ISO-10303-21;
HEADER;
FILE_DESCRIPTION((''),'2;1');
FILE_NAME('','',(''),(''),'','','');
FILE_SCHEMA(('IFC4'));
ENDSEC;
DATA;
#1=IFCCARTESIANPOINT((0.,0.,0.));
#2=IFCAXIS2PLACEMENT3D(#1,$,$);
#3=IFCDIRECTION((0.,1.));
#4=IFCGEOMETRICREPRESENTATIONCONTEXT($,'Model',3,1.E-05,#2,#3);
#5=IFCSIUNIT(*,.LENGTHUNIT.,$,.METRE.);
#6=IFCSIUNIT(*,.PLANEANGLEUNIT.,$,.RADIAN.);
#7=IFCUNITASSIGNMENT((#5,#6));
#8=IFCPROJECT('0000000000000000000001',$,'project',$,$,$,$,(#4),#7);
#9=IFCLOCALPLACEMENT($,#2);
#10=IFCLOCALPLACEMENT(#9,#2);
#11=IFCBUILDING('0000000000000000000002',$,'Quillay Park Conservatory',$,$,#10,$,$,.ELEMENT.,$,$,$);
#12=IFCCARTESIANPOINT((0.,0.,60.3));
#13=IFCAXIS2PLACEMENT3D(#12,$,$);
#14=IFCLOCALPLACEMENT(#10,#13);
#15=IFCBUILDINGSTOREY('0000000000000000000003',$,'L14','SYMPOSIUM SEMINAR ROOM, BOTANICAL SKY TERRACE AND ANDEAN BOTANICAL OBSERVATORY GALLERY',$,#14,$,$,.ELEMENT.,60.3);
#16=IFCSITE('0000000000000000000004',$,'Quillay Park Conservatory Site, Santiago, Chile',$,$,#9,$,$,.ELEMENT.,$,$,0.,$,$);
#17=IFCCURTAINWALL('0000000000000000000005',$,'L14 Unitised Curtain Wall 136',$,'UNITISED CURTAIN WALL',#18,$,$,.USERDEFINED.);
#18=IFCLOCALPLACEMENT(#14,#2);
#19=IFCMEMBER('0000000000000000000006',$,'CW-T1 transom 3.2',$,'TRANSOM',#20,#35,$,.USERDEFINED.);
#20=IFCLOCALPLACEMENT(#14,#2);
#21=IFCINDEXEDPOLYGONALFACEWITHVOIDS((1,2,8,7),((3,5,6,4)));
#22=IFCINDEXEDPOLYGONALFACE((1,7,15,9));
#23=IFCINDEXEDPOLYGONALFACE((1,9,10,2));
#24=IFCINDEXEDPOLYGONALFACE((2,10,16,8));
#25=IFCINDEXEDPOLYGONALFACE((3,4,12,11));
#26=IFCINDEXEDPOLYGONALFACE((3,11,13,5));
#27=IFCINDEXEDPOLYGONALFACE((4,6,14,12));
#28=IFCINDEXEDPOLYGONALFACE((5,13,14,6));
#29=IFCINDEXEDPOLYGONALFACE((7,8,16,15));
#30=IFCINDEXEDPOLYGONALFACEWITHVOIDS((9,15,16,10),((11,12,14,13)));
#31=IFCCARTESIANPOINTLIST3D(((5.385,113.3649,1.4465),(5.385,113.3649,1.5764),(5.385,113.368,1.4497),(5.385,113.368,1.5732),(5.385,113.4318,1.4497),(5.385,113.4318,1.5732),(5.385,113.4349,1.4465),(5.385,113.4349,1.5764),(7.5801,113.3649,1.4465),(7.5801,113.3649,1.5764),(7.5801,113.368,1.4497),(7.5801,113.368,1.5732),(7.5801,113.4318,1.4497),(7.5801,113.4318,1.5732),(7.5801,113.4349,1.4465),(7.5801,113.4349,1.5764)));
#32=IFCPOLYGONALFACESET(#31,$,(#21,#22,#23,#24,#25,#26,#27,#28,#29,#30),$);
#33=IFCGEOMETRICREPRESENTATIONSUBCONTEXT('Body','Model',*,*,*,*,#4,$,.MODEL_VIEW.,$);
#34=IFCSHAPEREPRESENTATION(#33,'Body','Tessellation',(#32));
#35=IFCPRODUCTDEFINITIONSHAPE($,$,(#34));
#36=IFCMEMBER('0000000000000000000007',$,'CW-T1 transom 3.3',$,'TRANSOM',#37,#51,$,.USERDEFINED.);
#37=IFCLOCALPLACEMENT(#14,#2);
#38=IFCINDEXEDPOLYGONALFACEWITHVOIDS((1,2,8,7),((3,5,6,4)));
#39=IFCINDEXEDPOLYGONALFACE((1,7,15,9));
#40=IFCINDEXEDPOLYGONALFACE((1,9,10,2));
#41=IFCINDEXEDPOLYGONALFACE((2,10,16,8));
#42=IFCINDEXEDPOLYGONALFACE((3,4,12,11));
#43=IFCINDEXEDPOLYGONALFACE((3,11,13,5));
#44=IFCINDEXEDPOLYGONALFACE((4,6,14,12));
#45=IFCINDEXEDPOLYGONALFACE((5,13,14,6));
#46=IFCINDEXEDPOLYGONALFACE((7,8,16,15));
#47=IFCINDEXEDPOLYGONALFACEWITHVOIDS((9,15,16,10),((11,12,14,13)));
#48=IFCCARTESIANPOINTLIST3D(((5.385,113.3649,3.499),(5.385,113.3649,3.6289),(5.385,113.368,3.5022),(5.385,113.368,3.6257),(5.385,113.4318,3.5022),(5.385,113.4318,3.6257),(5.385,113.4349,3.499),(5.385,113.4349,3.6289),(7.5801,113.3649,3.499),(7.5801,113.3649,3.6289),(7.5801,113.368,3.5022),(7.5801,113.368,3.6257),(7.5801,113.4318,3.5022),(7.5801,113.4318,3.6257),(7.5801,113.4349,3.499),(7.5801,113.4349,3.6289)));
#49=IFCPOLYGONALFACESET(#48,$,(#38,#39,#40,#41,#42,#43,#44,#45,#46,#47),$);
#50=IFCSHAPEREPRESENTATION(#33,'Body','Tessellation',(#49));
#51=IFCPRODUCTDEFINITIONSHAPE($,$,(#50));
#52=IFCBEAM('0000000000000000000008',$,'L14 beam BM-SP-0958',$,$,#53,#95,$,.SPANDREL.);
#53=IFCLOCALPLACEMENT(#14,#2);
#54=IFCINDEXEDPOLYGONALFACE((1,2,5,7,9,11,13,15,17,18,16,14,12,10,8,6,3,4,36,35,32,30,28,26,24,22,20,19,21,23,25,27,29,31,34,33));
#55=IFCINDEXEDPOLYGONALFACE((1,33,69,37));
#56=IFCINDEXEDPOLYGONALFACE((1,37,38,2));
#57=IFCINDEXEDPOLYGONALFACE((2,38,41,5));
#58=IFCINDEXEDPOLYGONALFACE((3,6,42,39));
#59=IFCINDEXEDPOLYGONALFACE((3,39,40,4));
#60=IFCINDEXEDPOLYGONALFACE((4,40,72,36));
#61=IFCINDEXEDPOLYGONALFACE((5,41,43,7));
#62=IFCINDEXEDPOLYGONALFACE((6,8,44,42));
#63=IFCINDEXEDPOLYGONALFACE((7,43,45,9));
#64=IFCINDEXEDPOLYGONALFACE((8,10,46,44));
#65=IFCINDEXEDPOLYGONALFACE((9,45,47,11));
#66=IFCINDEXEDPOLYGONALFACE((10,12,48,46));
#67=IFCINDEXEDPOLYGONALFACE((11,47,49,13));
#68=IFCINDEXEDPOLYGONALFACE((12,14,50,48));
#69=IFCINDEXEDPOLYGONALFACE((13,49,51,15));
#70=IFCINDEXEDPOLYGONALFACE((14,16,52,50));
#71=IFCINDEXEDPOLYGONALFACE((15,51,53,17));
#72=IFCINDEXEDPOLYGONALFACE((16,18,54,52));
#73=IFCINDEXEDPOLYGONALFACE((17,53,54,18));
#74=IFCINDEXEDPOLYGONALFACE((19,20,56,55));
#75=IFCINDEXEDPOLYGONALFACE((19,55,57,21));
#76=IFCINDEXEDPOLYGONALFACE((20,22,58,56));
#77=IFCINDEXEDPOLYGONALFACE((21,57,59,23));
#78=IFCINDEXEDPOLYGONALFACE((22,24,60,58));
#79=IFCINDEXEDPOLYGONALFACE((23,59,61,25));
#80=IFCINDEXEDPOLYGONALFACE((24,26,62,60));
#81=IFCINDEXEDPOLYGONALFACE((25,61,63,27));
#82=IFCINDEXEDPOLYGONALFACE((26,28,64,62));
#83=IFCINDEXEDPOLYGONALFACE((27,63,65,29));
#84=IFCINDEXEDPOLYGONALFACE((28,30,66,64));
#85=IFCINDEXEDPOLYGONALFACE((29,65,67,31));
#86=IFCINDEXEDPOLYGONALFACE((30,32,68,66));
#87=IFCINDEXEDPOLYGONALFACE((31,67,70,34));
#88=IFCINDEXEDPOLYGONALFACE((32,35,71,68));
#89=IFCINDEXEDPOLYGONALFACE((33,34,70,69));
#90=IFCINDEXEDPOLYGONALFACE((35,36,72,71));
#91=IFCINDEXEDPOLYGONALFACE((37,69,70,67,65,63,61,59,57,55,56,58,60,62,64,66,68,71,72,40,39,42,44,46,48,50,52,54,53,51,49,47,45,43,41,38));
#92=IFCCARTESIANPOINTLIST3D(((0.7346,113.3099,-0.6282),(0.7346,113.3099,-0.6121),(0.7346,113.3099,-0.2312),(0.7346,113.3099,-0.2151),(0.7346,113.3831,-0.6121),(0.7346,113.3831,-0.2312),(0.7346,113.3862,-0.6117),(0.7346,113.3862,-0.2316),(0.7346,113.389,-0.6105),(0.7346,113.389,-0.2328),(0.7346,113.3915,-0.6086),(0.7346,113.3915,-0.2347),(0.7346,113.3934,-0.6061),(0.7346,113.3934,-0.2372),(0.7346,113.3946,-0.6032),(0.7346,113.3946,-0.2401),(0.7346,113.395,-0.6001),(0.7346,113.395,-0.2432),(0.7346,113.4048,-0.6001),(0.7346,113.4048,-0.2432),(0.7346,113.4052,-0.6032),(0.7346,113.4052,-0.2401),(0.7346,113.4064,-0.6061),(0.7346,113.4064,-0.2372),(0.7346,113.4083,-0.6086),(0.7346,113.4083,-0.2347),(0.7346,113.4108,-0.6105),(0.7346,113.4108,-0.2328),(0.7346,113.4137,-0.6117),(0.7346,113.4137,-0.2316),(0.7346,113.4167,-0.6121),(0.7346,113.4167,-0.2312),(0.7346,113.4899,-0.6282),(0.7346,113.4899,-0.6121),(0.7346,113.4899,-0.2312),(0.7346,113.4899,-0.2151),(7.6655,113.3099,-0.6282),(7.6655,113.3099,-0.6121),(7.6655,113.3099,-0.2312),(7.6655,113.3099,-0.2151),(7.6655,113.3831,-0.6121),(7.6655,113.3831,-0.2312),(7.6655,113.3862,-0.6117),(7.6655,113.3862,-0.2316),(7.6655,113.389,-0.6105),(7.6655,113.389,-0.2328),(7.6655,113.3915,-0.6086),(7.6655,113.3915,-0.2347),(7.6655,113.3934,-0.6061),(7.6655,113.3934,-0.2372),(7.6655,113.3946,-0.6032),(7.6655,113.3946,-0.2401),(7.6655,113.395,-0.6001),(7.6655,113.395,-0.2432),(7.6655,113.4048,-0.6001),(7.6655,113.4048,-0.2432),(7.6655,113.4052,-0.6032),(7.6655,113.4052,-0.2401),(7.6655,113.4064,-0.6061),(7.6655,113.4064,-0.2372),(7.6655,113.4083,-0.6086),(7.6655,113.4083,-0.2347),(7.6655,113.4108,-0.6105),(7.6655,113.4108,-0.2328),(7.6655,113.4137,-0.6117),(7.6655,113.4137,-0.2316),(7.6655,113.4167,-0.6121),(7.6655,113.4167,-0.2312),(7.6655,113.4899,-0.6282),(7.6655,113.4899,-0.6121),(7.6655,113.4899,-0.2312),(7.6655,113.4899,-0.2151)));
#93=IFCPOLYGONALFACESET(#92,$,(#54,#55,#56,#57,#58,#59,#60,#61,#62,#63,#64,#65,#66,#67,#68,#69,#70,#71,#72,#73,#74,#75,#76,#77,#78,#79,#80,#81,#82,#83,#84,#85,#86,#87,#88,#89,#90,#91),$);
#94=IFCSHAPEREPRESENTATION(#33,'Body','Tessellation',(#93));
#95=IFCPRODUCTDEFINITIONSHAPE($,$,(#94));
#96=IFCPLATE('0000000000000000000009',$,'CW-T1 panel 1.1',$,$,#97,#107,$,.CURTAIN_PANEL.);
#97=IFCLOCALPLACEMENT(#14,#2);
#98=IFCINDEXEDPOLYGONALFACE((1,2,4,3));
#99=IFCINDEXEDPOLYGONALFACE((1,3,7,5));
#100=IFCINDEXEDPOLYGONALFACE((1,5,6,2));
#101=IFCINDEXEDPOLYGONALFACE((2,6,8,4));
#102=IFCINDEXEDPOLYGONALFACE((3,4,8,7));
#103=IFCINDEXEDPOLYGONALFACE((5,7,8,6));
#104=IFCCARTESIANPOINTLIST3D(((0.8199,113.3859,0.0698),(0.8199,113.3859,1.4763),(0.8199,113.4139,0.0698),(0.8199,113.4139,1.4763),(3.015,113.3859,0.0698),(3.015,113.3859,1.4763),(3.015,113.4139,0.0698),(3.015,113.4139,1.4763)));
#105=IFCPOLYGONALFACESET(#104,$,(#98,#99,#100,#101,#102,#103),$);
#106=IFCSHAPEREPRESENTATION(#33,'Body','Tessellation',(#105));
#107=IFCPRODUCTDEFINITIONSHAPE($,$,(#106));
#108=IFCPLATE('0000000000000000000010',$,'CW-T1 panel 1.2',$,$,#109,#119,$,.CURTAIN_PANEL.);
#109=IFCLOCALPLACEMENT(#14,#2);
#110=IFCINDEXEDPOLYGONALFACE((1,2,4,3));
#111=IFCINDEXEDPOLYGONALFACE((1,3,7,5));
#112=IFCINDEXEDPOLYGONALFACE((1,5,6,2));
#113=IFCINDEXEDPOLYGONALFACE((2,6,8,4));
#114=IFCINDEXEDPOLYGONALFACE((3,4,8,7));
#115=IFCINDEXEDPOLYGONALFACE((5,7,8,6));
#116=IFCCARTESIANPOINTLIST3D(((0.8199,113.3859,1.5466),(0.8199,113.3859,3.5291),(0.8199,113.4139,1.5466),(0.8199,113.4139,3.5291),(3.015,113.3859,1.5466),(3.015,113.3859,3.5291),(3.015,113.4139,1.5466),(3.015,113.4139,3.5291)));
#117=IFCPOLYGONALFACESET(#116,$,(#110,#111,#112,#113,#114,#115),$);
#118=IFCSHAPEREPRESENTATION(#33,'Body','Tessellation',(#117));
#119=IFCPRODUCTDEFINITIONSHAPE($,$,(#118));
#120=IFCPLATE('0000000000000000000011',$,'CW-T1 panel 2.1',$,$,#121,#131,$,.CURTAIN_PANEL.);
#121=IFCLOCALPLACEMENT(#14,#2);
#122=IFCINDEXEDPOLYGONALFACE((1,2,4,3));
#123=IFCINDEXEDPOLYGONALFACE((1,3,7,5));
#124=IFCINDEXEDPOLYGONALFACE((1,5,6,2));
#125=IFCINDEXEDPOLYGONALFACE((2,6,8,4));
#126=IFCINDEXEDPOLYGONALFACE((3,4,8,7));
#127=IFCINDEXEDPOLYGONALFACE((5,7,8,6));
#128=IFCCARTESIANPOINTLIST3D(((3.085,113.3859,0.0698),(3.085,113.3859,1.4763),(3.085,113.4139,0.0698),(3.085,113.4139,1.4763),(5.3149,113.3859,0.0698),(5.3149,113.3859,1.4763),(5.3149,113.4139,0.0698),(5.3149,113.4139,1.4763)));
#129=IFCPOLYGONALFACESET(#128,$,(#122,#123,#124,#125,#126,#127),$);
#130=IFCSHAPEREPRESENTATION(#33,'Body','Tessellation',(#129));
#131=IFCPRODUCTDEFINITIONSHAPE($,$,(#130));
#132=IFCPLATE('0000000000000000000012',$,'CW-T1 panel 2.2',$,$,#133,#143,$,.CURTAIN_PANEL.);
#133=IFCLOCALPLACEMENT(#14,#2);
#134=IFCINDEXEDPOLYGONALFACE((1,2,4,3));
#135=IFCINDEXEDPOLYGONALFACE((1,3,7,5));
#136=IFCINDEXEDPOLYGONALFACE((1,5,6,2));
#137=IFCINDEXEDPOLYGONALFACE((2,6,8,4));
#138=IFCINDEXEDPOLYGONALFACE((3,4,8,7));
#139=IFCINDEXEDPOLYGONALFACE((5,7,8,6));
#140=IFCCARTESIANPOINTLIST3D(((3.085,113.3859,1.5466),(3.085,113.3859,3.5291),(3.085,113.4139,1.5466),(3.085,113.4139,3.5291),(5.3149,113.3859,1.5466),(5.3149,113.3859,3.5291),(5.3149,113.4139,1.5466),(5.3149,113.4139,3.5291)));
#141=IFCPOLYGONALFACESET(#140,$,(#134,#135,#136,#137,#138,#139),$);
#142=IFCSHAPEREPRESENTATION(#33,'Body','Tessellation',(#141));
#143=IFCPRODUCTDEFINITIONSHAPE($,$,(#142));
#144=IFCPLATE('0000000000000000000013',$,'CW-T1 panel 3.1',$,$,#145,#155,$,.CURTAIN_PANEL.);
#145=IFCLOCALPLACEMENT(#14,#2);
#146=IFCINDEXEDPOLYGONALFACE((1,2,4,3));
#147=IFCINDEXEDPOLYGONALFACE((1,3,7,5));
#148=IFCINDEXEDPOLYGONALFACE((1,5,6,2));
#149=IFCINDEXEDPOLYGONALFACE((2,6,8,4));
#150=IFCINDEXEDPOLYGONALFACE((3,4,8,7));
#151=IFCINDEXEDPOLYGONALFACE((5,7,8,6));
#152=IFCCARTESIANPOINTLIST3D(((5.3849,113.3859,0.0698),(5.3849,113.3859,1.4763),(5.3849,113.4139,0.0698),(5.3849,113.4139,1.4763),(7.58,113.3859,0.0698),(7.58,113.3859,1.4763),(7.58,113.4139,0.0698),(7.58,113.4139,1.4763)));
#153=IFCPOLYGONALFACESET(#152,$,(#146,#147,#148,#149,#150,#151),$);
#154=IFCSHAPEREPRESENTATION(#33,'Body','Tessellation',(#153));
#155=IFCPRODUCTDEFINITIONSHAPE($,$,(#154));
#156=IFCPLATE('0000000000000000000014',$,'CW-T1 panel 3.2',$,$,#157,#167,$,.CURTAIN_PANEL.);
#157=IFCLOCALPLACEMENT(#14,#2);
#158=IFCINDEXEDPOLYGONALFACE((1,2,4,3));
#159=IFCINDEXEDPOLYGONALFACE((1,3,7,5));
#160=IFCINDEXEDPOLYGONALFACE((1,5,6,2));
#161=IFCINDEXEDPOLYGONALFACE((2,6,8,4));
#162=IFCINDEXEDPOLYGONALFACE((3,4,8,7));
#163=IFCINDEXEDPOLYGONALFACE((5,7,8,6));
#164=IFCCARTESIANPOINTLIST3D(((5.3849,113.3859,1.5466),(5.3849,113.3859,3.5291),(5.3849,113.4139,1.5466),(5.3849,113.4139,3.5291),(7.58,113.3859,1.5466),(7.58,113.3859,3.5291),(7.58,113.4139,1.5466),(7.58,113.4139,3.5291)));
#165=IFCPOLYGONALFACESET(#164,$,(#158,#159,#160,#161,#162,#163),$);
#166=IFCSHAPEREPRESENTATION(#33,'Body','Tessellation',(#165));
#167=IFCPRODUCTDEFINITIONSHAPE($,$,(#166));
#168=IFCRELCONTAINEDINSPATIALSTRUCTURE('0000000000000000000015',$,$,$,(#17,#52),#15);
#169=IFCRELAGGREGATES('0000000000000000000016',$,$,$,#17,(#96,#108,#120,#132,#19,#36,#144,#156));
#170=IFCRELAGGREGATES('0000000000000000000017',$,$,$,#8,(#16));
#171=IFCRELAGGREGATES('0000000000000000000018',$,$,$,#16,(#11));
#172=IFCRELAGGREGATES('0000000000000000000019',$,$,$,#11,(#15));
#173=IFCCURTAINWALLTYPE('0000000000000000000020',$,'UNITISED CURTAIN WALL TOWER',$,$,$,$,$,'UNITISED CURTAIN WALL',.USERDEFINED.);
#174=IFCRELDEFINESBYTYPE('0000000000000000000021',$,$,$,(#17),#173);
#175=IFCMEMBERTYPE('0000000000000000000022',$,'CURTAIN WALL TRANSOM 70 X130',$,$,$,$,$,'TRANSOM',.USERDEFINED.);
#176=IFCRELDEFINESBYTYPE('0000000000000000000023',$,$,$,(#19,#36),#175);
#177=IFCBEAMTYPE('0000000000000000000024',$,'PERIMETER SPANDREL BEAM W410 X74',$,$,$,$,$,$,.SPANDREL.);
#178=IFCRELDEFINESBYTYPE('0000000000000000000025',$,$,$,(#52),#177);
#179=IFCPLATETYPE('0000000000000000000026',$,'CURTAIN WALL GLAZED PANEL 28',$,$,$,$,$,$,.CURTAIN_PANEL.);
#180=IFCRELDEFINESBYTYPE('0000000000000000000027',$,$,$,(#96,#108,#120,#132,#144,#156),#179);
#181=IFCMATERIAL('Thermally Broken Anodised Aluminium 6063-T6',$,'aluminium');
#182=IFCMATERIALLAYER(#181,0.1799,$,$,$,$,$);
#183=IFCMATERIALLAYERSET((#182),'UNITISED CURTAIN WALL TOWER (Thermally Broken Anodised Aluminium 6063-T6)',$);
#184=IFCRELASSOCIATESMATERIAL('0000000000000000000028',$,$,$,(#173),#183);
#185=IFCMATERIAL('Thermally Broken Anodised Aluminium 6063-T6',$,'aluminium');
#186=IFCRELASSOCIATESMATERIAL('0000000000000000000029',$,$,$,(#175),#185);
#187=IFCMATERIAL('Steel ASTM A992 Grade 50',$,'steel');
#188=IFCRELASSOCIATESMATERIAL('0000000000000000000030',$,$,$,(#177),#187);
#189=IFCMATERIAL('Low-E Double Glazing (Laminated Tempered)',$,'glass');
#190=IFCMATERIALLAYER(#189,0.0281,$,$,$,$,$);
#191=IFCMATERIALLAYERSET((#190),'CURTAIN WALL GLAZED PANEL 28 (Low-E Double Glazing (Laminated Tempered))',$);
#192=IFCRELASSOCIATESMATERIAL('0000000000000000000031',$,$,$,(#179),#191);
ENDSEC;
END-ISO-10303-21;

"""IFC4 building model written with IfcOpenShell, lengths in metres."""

from ifc_helpers import new_model, si_unit, direction, frame, origin, origin_2d, place, context, subcontext, project, spatial, rectangle, hollow_rectangle, i_section, extrude, material, layer, layer_set, material_profile, profile_set, type_object, element, aggregate, save


model = new_model("IFC4")

# Units and contexts
model_context = context("Model", 3, precision=1e-05, world=origin(), true_north=direction((0.0, 1.0)))
body_context = subcontext(model_context, "Body", "Model", "MODEL_VIEW")
ifc_project = project(units=[si_unit("LENGTHUNIT", "METRE"), si_unit("PLANEANGLEUNIT", "RADIAN")], contexts=[model_context])

# Site, building, storey
site_placement = place(None, origin())
site = spatial("IfcSite", under=ifc_project, at=site_placement, Name="Quillay Park Conservatory Site, Santiago, Chile", CompositionType="ELEMENT", RefElevation=0.0)
building_placement = place(site_placement, origin())
building = spatial("IfcBuilding", under=site, at=building_placement, Name="Quillay Park Conservatory", CompositionType="ELEMENT")
storey_placement = place(building_placement, frame((0.0, 0.0, 60.3)))
storey = spatial("IfcBuildingStorey", under=building, at=storey_placement, Name="L14", Description="SYMPOSIUM SEMINAR ROOM, BOTANICAL SKY TERRACE AND ANDEAN BOTANICAL OBSERVATORY GALLERY", CompositionType="ELEMENT", Elevation=60.3)

# Curtain wall, members
ifc_material_1 = material(Name="Thermally Broken Anodised Aluminium 6063-T6", Category="aluminium")
ifc_layer_1 = layer(ifc_material_1, 0.1799)
ifc_layer_set_1 = layer_set([ifc_layer_1], Name="UNITISED CURTAIN WALL TOWER (Thermally Broken Anodised Aluminium 6063-T6)")
curtain_wall_type = type_object("IfcCurtainWallType", Name="UNITISED CURTAIN WALL TOWER", ElementType="UNITISED CURTAIN WALL", PredefinedType="USERDEFINED", material=ifc_layer_set_1)
curtain_wall_placement = place(storey_placement, origin())
curtain_wall = element("IfcCurtainWall", 1, at=curtain_wall_placement, inside=storey, type_object=curtain_wall_type, Name="L14 Unitised Curtain Wall 136", ObjectType="UNITISED CURTAIN WALL", PredefinedType="USERDEFINED")
ifc_material_2 = material(Name="Thermally Broken Anodised Aluminium 6063-T6", Category="aluminium")
ifc_material_profile_1 = material_profile(ifc_material_2, hollow_rectangle(XDim=0.0701, YDim=0.1299, WallThickness=0.0032, at=origin_2d()), Name="AL70x130x3.2")
ifc_profile_set_1 = profile_set([ifc_material_profile_1], Name="Thermally Broken Anodised Aluminium 6063-T6")
member_type_1 = type_object("IfcMemberType", Name="CURTAIN WALL TRANSOM 70 X130", ElementType="TRANSOM", PredefinedType="USERDEFINED", material=ifc_profile_set_1)
member_1_placement = place(storey_placement, frame((5.385, 113.3999, 1.5115), z_axis=(1.0, 0.0, 0.0), x_axis=(0.0, 1.0, 0.0)))
member_1 = element("IfcMember", 2, at=member_1_placement, type_object=member_type_1, Name="CW-T1 transom 3.2", ObjectType="TRANSOM", PredefinedType="USERDEFINED", context=body_context, shape_type="SweptSolid", body=[
    extrude(hollow_rectangle(XDim=0.0701, YDim=0.1299, WallThickness=0.0032, at=origin_2d()), origin(), (0.0, 0.0, 1.0), 2.1951),
])
member_2_placement = place(storey_placement, frame((5.385, 113.3999, 3.564), z_axis=(1.0, 0.0, 0.0), x_axis=(0.0, 1.0, 0.0)))
member_2 = element("IfcMember", 3, at=member_2_placement, type_object=member_type_1, Name="CW-T1 transom 3.3", ObjectType="TRANSOM", PredefinedType="USERDEFINED", context=body_context, shape_type="SweptSolid", body=[
    extrude(hollow_rectangle(XDim=0.0701, YDim=0.1299, WallThickness=0.0032, at=origin_2d()), origin(), (0.0, 0.0, 1.0), 2.1951),
])

# Beam
ifc_material_3 = material(Name="Steel ASTM A992 Grade 50", Category="steel")
ifc_material_profile_2 = material_profile(ifc_material_3, i_section(OverallWidth=0.1799, OverallDepth=0.4131, WebThickness=0.0098, FlangeThickness=0.0161, FilletRadius=0.012, at=origin_2d()), Name="W410x74")
ifc_profile_set_2 = profile_set([ifc_material_profile_2], Name="Steel ASTM A992 Grade 50")
beam_type = type_object("IfcBeamType", Name="PERIMETER SPANDREL BEAM W410 X74", PredefinedType="SPANDREL", material=ifc_profile_set_2)
beam_placement = place(storey_placement, frame((0.7346, 113.3999, -0.4216), z_axis=(1.0, 0.0, 0.0), x_axis=(0.0, 1.0, 0.0)))
element("IfcBeam", 4, at=beam_placement, inside=storey, type_object=beam_type, Name="L14 beam BM-SP-0958", PredefinedType="SPANDREL", context=body_context, shape_type="SweptSolid", body=[
    extrude(i_section(OverallWidth=0.1799, OverallDepth=0.4131, WebThickness=0.0098, FlangeThickness=0.0161, FilletRadius=0.012, at=origin_2d()), origin(), (0.0, 0.0, 1.0), 6.9309),
])

# Plates
ifc_material_4 = material(Name="Low-E Double Glazing (Laminated Tempered)", Category="glass")
ifc_layer_2 = layer(ifc_material_4, 0.0281)
ifc_layer_set_2 = layer_set([ifc_layer_2], Name="CURTAIN WALL GLAZED PANEL 28 (Low-E Double Glazing (Laminated Tempered))")
plate_type = type_object("IfcPlateType", Name="CURTAIN WALL GLAZED PANEL 28", PredefinedType="CURTAIN_PANEL", material=ifc_layer_set_2)
plate_1_placement = place(storey_placement, frame((1.9175, 113.3999, 0.0698), z_axis=(0.0, 0.0, 1.0), x_axis=(1.0, 0.0, 0.0)))
plate_1 = element("IfcPlate", 5, at=plate_1_placement, type_object=plate_type, Name="CW-T1 panel 1.1", PredefinedType="CURTAIN_PANEL", context=body_context, shape_type="SweptSolid", body=[
    extrude(rectangle(XDim=2.1951, YDim=0.0281, at=origin_2d()), origin(), (0.0, 0.0, 1.0), 1.4065),
])
plate_2_placement = place(storey_placement, frame((1.9175, 113.3999, 1.5466), z_axis=(0.0, 0.0, 1.0), x_axis=(1.0, 0.0, 0.0)))
plate_2 = element("IfcPlate", 6, at=plate_2_placement, type_object=plate_type, Name="CW-T1 panel 1.2", PredefinedType="CURTAIN_PANEL", context=body_context, shape_type="SweptSolid", body=[
    extrude(rectangle(XDim=2.1951, YDim=0.0281, at=origin_2d()), origin(), (0.0, 0.0, 1.0), 1.9824),
])
plate_3_placement = place(storey_placement, frame((4.2, 113.3999, 0.0698), z_axis=(0.0, 0.0, 1.0), x_axis=(1.0, 0.0, 0.0)))
plate_3 = element("IfcPlate", 7, at=plate_3_placement, type_object=plate_type, Name="CW-T1 panel 2.1", PredefinedType="CURTAIN_PANEL", context=body_context, shape_type="SweptSolid", body=[
    extrude(rectangle(XDim=2.23, YDim=0.0281, at=origin_2d()), origin(), (0.0, 0.0, 1.0), 1.4065),
])
plate_4_placement = place(storey_placement, frame((4.2, 113.3999, 1.5466), z_axis=(0.0, 0.0, 1.0), x_axis=(1.0, 0.0, 0.0)))
plate_4 = element("IfcPlate", 8, at=plate_4_placement, type_object=plate_type, Name="CW-T1 panel 2.2", PredefinedType="CURTAIN_PANEL", context=body_context, shape_type="SweptSolid", body=[
    extrude(rectangle(XDim=2.23, YDim=0.0281, at=origin_2d()), origin(), (0.0, 0.0, 1.0), 1.9824),
])
plate_5_placement = place(storey_placement, frame((6.4824, 113.3999, 0.0698), z_axis=(0.0, 0.0, 1.0), x_axis=(1.0, 0.0, 0.0)))
plate_5 = element("IfcPlate", 9, at=plate_5_placement, type_object=plate_type, Name="CW-T1 panel 3.1", PredefinedType="CURTAIN_PANEL", context=body_context, shape_type="SweptSolid", body=[
    extrude(rectangle(XDim=2.1951, YDim=0.0281, at=origin_2d()), origin(), (0.0, 0.0, 1.0), 1.4065),
])
plate_6_placement = place(storey_placement, frame((6.4824, 113.3999, 1.5466), z_axis=(0.0, 0.0, 1.0), x_axis=(1.0, 0.0, 0.0)))
plate_6 = element("IfcPlate", 10, at=plate_6_placement, type_object=plate_type, Name="CW-T1 panel 3.2", PredefinedType="CURTAIN_PANEL", context=body_context, shape_type="SweptSolid", body=[
    extrude(rectangle(XDim=2.1951, YDim=0.0281, at=origin_2d()), origin(), (0.0, 0.0, 1.0), 1.9824),
])
aggregate(curtain_wall, [plate_1, plate_2, plate_3, plate_4, member_1, member_2, plate_5, plate_6])

save(model, "model.ifc")
